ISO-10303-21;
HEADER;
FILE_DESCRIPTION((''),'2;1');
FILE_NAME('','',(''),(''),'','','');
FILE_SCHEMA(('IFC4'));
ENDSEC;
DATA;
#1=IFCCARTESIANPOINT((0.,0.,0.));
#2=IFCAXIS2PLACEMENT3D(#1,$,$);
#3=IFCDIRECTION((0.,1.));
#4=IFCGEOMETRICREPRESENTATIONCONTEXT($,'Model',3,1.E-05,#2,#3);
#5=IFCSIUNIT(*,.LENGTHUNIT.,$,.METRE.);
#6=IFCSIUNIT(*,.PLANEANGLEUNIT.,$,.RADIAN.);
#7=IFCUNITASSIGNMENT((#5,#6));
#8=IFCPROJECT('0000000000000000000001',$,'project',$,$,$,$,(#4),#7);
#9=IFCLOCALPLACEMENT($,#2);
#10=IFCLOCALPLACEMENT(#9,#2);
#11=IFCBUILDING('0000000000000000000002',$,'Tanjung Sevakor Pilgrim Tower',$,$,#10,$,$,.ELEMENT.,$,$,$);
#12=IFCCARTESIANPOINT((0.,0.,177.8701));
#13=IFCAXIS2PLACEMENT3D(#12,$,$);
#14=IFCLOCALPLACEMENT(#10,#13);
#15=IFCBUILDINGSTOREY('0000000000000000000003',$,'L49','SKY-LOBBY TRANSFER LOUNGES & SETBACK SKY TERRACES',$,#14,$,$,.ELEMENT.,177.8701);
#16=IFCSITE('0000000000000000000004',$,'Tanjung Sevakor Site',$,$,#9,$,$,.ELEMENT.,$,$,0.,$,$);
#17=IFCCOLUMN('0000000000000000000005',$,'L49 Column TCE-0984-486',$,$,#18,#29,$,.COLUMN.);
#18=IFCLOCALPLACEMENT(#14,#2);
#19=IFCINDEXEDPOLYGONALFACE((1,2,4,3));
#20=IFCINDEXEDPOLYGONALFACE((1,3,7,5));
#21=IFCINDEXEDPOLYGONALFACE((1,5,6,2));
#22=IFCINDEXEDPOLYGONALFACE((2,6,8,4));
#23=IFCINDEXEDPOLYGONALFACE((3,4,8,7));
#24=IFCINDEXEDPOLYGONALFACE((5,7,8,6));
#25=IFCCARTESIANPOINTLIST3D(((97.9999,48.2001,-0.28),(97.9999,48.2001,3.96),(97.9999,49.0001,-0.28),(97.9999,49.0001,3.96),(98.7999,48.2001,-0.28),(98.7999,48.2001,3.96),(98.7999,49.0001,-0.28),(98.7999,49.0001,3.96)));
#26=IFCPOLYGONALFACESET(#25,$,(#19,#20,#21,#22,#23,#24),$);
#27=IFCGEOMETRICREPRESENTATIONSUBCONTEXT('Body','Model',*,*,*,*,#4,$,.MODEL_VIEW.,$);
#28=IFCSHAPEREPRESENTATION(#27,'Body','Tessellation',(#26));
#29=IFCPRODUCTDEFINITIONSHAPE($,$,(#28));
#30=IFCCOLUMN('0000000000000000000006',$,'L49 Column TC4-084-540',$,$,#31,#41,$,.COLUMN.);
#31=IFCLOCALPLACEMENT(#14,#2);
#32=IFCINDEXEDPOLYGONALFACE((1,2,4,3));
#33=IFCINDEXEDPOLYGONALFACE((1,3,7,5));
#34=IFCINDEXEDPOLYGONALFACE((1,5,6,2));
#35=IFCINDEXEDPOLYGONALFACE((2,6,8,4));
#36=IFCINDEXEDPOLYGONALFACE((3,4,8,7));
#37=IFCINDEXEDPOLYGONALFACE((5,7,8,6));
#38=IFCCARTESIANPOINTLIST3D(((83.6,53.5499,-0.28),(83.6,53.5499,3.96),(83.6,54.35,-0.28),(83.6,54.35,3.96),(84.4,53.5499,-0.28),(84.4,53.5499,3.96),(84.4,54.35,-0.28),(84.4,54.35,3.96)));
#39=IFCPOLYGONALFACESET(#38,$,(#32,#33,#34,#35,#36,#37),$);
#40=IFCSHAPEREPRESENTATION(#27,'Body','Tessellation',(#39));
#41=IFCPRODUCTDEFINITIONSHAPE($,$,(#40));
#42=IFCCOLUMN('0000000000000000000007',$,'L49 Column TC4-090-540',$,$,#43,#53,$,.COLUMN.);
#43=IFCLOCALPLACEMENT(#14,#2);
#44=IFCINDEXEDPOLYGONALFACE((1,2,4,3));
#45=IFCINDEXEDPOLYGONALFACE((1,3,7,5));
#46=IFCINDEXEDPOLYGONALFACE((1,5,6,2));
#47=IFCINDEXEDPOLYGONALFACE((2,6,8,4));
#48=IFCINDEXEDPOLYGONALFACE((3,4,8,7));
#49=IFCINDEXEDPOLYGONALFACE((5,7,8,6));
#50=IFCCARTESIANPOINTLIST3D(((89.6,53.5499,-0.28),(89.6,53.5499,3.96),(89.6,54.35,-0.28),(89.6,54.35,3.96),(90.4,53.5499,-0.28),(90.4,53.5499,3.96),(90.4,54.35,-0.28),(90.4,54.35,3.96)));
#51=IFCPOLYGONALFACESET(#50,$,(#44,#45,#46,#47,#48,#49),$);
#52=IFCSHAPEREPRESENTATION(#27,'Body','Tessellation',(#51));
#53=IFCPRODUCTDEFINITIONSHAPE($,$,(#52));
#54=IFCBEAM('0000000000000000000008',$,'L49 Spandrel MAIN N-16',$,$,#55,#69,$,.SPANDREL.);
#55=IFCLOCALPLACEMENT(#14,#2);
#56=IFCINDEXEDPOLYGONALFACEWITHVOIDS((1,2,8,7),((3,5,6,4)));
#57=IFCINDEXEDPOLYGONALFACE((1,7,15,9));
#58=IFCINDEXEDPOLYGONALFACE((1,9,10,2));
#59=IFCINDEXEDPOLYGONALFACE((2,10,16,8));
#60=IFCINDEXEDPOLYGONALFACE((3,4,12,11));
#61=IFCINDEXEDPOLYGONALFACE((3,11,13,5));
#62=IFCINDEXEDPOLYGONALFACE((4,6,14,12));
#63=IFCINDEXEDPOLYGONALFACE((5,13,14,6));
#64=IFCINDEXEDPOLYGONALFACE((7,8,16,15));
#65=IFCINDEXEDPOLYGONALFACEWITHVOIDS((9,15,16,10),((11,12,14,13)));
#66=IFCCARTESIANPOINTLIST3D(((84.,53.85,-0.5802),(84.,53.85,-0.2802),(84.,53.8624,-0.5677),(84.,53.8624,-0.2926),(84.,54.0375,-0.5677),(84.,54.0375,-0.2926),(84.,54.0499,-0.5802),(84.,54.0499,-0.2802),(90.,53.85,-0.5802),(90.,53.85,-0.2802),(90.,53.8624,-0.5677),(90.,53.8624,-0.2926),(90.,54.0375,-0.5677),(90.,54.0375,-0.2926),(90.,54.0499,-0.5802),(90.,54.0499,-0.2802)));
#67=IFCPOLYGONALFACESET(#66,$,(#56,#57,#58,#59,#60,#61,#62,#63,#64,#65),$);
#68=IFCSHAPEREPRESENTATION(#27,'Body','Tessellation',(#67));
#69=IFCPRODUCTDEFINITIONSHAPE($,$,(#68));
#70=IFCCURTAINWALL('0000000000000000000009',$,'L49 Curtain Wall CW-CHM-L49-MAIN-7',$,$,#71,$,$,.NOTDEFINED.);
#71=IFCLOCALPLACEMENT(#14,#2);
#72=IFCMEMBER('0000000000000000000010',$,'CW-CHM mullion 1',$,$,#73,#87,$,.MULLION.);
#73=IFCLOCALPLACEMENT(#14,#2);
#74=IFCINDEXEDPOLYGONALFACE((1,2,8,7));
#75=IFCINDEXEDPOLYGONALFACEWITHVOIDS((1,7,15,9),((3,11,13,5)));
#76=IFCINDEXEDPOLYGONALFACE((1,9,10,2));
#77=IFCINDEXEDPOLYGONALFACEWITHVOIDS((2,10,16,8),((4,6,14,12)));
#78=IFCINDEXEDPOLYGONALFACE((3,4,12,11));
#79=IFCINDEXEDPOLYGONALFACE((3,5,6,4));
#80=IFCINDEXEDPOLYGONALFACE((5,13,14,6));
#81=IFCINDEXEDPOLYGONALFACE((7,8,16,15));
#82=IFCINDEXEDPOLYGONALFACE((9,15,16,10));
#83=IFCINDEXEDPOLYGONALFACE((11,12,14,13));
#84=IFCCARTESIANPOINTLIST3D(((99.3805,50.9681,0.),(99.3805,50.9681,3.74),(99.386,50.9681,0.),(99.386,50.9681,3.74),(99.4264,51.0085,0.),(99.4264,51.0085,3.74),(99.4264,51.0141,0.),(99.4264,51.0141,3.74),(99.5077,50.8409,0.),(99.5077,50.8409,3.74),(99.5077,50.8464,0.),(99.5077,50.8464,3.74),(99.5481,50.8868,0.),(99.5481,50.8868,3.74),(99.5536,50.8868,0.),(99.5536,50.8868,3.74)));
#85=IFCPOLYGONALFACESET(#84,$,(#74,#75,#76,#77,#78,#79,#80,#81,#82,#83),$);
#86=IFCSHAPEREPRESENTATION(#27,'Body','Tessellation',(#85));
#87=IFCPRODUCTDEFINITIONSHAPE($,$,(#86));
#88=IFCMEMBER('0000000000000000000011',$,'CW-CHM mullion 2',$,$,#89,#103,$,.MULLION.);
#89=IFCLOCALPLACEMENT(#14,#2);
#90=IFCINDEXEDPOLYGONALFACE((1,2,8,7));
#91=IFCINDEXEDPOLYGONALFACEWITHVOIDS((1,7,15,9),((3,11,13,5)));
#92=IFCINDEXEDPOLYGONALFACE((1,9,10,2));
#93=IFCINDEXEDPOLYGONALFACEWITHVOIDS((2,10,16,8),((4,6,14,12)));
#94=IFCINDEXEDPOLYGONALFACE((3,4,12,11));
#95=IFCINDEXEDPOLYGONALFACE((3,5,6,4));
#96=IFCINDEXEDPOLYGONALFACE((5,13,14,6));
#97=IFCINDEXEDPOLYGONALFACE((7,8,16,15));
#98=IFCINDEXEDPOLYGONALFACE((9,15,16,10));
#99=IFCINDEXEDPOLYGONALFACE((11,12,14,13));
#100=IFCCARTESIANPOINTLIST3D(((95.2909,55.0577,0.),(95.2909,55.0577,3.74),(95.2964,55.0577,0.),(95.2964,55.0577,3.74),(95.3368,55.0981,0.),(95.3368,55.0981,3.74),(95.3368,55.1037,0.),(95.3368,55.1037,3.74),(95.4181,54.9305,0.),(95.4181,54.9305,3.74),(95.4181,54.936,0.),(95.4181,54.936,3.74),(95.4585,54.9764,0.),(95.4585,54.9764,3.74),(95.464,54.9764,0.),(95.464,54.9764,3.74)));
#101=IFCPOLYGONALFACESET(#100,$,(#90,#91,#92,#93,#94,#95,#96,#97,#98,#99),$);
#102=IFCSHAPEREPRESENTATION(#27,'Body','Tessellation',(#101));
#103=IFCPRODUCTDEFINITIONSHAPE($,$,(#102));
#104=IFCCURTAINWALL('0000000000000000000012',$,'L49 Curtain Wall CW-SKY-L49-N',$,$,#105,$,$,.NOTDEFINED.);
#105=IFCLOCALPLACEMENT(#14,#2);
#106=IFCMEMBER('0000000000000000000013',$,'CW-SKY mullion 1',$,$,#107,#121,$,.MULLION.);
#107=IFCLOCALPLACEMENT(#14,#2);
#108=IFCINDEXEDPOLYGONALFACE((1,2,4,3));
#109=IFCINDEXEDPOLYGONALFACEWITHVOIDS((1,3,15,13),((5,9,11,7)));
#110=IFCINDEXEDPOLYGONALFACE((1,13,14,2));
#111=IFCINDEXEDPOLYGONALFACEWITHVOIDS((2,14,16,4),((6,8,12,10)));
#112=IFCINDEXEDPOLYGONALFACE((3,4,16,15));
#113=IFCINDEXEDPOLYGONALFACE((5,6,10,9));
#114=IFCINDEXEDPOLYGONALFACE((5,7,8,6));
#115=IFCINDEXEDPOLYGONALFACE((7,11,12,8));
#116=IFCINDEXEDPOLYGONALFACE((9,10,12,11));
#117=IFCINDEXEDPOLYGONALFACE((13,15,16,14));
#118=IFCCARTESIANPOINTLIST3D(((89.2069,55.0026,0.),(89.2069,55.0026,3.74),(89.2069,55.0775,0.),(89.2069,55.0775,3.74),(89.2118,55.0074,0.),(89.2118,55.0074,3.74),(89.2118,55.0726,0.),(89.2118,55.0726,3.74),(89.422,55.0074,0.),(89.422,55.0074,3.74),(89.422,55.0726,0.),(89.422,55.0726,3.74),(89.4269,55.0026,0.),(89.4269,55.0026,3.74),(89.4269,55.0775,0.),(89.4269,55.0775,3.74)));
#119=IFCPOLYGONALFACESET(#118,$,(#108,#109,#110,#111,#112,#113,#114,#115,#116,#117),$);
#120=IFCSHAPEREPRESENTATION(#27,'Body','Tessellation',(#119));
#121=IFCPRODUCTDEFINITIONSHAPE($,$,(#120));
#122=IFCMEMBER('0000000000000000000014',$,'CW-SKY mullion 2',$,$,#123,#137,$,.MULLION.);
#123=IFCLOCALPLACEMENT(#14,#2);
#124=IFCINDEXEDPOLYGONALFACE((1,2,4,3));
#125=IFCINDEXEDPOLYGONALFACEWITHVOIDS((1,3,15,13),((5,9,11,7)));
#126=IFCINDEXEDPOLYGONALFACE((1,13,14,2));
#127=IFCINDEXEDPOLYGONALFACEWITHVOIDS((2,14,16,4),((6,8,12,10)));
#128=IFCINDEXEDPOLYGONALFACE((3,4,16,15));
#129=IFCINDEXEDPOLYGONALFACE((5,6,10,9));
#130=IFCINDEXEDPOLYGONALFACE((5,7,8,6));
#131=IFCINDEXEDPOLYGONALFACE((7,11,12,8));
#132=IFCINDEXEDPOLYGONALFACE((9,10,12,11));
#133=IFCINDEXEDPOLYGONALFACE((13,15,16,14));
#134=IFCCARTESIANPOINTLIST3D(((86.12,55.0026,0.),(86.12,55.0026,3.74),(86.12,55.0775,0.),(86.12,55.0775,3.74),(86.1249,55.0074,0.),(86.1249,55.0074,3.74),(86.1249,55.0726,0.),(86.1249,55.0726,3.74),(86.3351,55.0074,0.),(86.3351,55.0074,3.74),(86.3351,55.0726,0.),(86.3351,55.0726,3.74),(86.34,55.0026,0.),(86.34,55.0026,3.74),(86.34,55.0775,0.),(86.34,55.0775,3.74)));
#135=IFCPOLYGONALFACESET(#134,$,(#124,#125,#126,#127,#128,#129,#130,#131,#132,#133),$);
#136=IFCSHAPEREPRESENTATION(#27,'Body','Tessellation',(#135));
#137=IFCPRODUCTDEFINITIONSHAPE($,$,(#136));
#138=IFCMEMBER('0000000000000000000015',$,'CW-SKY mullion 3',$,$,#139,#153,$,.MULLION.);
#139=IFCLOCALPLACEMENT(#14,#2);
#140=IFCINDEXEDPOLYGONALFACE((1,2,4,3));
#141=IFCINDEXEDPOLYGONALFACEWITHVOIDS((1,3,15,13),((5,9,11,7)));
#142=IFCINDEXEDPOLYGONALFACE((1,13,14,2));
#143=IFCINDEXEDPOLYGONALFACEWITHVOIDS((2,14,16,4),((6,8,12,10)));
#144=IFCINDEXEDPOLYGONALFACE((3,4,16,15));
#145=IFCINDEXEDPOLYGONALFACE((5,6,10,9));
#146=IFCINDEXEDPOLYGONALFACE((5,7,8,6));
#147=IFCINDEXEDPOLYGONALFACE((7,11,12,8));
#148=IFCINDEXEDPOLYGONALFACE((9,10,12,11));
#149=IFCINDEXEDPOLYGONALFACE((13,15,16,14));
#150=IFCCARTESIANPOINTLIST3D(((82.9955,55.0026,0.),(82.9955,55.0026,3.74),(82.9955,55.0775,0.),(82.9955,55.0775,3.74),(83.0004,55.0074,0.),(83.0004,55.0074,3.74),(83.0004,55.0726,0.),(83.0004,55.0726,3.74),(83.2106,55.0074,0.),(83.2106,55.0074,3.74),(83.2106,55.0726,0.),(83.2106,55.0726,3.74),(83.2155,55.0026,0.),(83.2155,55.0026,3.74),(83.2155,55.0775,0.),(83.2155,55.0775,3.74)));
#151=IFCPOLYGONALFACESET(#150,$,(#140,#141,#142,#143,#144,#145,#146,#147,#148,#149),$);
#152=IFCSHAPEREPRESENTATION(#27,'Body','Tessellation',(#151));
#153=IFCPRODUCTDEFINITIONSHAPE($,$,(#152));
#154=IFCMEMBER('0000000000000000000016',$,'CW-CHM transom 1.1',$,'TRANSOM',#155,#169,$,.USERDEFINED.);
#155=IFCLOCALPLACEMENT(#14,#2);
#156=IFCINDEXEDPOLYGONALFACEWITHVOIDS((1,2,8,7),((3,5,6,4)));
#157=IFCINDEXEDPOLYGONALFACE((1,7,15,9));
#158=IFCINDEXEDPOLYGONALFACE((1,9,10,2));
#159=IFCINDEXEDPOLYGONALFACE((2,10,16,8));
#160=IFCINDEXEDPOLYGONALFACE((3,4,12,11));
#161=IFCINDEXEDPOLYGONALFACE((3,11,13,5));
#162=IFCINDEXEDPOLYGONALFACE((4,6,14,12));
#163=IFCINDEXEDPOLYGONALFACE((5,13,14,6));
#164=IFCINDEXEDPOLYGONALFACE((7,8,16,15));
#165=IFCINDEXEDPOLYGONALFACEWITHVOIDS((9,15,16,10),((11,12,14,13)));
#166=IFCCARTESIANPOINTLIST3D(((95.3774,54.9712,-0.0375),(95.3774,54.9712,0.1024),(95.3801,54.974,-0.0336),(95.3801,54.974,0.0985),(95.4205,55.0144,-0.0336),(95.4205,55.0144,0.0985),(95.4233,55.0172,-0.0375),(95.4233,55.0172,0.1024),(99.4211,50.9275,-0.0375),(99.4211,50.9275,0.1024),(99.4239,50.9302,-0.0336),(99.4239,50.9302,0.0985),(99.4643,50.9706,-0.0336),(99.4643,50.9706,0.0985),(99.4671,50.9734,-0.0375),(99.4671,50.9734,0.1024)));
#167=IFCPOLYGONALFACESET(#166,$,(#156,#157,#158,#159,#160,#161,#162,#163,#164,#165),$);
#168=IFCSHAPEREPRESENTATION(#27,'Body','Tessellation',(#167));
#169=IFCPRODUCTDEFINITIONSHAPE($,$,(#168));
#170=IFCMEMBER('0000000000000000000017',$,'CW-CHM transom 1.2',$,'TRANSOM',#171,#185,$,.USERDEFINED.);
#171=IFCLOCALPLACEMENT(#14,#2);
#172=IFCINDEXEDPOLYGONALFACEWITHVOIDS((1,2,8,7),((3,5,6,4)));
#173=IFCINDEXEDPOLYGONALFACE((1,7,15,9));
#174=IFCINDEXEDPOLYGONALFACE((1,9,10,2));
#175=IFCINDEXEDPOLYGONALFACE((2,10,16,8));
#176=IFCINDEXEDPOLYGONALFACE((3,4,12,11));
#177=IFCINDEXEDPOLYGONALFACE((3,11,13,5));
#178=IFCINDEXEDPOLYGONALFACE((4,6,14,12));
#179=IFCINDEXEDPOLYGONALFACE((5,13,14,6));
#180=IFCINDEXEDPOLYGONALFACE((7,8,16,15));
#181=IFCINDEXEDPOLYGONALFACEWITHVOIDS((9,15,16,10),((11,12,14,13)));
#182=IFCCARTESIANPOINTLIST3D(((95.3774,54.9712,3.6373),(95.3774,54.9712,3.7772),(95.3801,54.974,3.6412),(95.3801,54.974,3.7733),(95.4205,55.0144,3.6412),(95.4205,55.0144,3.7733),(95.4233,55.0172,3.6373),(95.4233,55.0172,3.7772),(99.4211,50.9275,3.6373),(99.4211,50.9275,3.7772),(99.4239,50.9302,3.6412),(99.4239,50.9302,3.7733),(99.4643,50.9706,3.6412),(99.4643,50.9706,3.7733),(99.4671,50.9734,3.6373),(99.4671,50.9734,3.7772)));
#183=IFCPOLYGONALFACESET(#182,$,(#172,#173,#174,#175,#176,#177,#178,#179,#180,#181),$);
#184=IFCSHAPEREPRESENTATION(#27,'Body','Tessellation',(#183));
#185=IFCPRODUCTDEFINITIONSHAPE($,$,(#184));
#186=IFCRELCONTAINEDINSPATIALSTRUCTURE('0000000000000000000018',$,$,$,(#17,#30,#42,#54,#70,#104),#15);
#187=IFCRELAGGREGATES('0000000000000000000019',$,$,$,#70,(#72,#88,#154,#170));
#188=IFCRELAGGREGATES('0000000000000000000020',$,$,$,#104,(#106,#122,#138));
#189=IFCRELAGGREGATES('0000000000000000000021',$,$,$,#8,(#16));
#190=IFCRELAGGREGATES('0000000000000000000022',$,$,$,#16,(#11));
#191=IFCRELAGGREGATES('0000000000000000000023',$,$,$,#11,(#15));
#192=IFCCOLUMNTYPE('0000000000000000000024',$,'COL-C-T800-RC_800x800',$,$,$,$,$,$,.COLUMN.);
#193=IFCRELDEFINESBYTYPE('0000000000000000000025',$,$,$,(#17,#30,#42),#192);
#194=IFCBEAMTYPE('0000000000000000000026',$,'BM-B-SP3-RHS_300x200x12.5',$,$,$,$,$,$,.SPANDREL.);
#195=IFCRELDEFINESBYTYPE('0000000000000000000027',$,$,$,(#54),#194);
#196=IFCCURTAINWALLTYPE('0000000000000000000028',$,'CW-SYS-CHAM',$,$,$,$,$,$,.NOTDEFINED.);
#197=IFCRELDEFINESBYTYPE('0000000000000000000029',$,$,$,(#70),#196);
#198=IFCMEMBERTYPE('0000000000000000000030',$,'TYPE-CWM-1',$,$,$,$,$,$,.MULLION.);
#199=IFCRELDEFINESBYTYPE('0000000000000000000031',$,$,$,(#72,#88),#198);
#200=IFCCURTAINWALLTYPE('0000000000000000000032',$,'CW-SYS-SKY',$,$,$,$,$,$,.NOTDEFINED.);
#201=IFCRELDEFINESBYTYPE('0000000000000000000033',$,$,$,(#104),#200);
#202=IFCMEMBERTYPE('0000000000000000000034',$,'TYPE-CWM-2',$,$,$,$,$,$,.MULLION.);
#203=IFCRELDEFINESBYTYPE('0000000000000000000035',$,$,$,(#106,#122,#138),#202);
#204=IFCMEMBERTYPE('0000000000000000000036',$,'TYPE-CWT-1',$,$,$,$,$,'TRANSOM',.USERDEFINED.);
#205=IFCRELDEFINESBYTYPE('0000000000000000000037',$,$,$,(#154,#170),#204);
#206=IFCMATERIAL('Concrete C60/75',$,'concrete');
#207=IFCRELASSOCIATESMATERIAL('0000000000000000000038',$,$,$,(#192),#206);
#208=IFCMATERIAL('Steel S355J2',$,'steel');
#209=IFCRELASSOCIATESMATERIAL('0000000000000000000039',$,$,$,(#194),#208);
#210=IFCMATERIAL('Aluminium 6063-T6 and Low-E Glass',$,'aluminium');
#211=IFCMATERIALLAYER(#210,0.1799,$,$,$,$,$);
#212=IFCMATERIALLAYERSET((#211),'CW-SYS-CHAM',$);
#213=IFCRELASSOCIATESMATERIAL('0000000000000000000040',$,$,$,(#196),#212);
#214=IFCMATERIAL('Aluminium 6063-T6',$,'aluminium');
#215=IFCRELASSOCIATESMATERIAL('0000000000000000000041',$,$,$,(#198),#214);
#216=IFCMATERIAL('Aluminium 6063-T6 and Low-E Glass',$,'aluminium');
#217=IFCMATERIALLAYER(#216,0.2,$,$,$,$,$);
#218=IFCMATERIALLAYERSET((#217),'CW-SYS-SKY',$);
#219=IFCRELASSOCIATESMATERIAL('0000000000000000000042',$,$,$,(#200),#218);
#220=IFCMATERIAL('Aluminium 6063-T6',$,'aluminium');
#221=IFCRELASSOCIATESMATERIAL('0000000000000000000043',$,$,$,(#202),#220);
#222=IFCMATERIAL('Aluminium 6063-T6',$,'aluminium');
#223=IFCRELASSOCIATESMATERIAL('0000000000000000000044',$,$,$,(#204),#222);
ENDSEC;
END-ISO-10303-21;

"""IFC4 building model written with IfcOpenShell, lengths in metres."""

from ifc_helpers import new_model, si_unit, direction, frame, origin, origin_2d, place, context, subcontext, project, spatial, rectangle, hollow_rectangle, extrude, material, layer, layer_set, material_profile, profile_set, type_object, element, aggregate, save


model = new_model("IFC4")

# Units and contexts
model_context = context("Model", 3, precision=1e-05, world=origin(), true_north=direction((0.0, 1.0)))
body_context = subcontext(model_context, "Body", "Model", "MODEL_VIEW")
ifc_project = project(units=[si_unit("LENGTHUNIT", "METRE"), si_unit("PLANEANGLEUNIT", "RADIAN")], contexts=[model_context])

# Site, building, storey
site_placement = place(None, origin())
site = spatial("IfcSite", under=ifc_project, at=site_placement, Name="Tanjung Sevakor Site", CompositionType="ELEMENT", RefElevation=0.0)
building_placement = place(site_placement, origin())
building = spatial("IfcBuilding", under=site, at=building_placement, Name="Tanjung Sevakor Pilgrim Tower", CompositionType="ELEMENT")
storey_placement = place(building_placement, frame((0.0, 0.0, 177.8701)))
storey = spatial("IfcBuildingStorey", under=building, at=storey_placement, Name="L49", Description="SKY-LOBBY TRANSFER LOUNGES & SETBACK SKY TERRACES", CompositionType="ELEMENT", Elevation=177.8701)

# Columns
ifc_material_1 = material(Name="Concrete C60/75", Category="concrete")
ifc_material_profile_1 = material_profile(ifc_material_1, rectangle(XDim=0.8, YDim=0.8, at=origin_2d()))
ifc_profile_set_1 = profile_set([ifc_material_profile_1], Name="Concrete C60/75")
column_type = type_object("IfcColumnType", Name="COL-C-T800-RC_800x800", PredefinedType="COLUMN", material=ifc_profile_set_1)
for number, where, z_axis, x_axis, name in (
    (1, (98.3999, 48.6001, -0.28), (0.0, 0.0, 1.0), (1.0, 0.0, 0.0), "L49 Column TCE-0984-486"),
    (2, (84.0, 53.95, -0.28), (0.0, 0.0, 1.0), (1.0, 0.0, 0.0), "L49 Column TC4-084-540"),
    (3, (90.0, 53.95, -0.28), (0.0, 0.0, 1.0), (1.0, 0.0, 0.0), "L49 Column TC4-090-540"),
):
    element("IfcColumn", number, at=place(storey_placement, frame(where, z_axis=z_axis, x_axis=x_axis)), inside=storey, type_object=column_type, Name=name, PredefinedType="COLUMN", context=body_context, shape_type="SweptSolid", body=[
        extrude(rectangle(XDim=0.8, YDim=0.8, at=origin_2d()), origin(), (0.0, 0.0, 1.0), 4.24),
    ])

# Beam
ifc_material_2 = material(Name="Steel S355J2", Category="steel")
ifc_material_profile_2 = material_profile(ifc_material_2, hollow_rectangle(XDim=0.2, YDim=0.3, WallThickness=0.0125, at=origin_2d()))
ifc_profile_set_2 = profile_set([ifc_material_profile_2], Name="Steel S355J2")
beam_type = type_object("IfcBeamType", Name="BM-B-SP3-RHS_300x200x12.5", PredefinedType="SPANDREL", material=ifc_profile_set_2)
beam_placement = place(storey_placement, frame((84.0, 53.95, -0.4302), z_axis=(1.0, 0.0, 0.0), x_axis=(0.0, 1.0, 0.0)))
element("IfcBeam", 4, at=beam_placement, inside=storey, type_object=beam_type, Name="L49 Spandrel MAIN N-16", PredefinedType="SPANDREL", context=body_context, shape_type="SweptSolid", body=[
    extrude(hollow_rectangle(XDim=0.2, YDim=0.3, WallThickness=0.0125, at=origin_2d()), origin(), (0.0, 0.0, 1.0), 6.0),
])

# Curtain walls, members
ifc_material_3 = material(Name="Aluminium 6063-T6 and Low-E Glass", Category="aluminium")
ifc_layer_1 = layer(ifc_material_3, 0.1799)
ifc_layer_set_1 = layer_set([ifc_layer_1], Name="CW-SYS-CHAM")
curtain_wall_type_1 = type_object("IfcCurtainWallType", Name="CW-SYS-CHAM", PredefinedType="NOTDEFINED", material=ifc_layer_set_1)
curtain_wall_1_placement = place(storey_placement, origin())
curtain_wall_1 = element("IfcCurtainWall", 5, at=curtain_wall_1_placement, inside=storey, type_object=curtain_wall_type_1, Name="L49 Curtain Wall CW-CHM-L49-MAIN-7", PredefinedType="NOTDEFINED")
ifc_material_4 = material(Name="Aluminium 6063-T6", Category="aluminium")
ifc_material_profile_3 = material_profile(ifc_material_4, hollow_rectangle(XDim=0.0649, YDim=0.1799, WallThickness=0.0039, at=origin_2d()))
ifc_profile_set_3 = profile_set([ifc_material_profile_3], Name="Aluminium 6063-T6")
member_type_1 = type_object("IfcMemberType", Name="TYPE-CWM-1", PredefinedType="MULLION", material=ifc_profile_set_3)
member_1_placement = place(storey_placement, frame((99.467, 50.9275, 0.0), z_axis=(0.0, 0.0, 1.0), x_axis=(-0.707107, -0.707107, 0.0)))
member_1 = element("IfcMember", 6, at=member_1_placement, type_object=member_type_1, Name="CW-CHM mullion 1", PredefinedType="MULLION", context=body_context, shape_type="SweptSolid", body=[
    extrude(hollow_rectangle(XDim=0.0649, YDim=0.1799, WallThickness=0.0039, at=origin_2d()), origin(), (0.0, 0.0, 1.0), 3.74),
])
member_2_placement = place(storey_placement, frame((95.3774, 55.0171, 0.0), z_axis=(0.0, 0.0, 1.0), x_axis=(-0.707107, -0.707107, 0.0)))
member_2 = element("IfcMember", 7, at=member_2_placement, type_object=member_type_1, Name="CW-CHM mullion 2", PredefinedType="MULLION", context=body_context, shape_type="SweptSolid", body=[
    extrude(hollow_rectangle(XDim=0.0649, YDim=0.1799, WallThickness=0.0039, at=origin_2d()), origin(), (0.0, 0.0, 1.0), 3.74),
])
ifc_material_5 = material(Name="Aluminium 6063-T6 and Low-E Glass", Category="aluminium")
ifc_layer_2 = layer(ifc_material_5, 0.2)
ifc_layer_set_2 = layer_set([ifc_layer_2], Name="CW-SYS-SKY")
curtain_wall_type_2 = type_object("IfcCurtainWallType", Name="CW-SYS-SKY", PredefinedType="NOTDEFINED", material=ifc_layer_set_2)
curtain_wall_2_placement = place(storey_placement, origin())
curtain_wall_2 = element("IfcCurtainWall", 8, at=curtain_wall_2_placement, inside=storey, type_object=curtain_wall_type_2, Name="L49 Curtain Wall CW-SKY-L49-N", PredefinedType="NOTDEFINED")
ifc_material_6 = material(Name="Aluminium 6063-T6", Category="aluminium")
ifc_material_profile_4 = material_profile(ifc_material_6, hollow_rectangle(XDim=0.075, YDim=0.22, WallThickness=0.0049, at=origin_2d()))
ifc_profile_set_4 = profile_set([ifc_material_profile_4], Name="Aluminium 6063-T6")
member_type_2 = type_object("IfcMemberType", Name="TYPE-CWM-2", PredefinedType="MULLION", material=ifc_profile_set_4)
member_3_placement = place(storey_placement, frame((89.3169, 55.04, 0.0), z_axis=(0.0, 0.0, 1.0), x_axis=(0.0, -1.0, 0.0)))
member_3 = element("IfcMember", 9, at=member_3_placement, type_object=member_type_2, Name="CW-SKY mullion 1", PredefinedType="MULLION", context=body_context, shape_type="SweptSolid", body=[
    extrude(hollow_rectangle(XDim=0.075, YDim=0.22, WallThickness=0.0049, at=origin_2d()), origin(), (0.0, 0.0, 1.0), 3.74),
])
member_4_placement = place(storey_placement, frame((86.23, 55.04, 0.0), z_axis=(0.0, 0.0, 1.0), x_axis=(0.0, -1.0, 0.0)))
member_4 = element("IfcMember", 10, at=member_4_placement, type_object=member_type_2, Name="CW-SKY mullion 2", PredefinedType="MULLION", context=body_context, shape_type="SweptSolid", body=[
    extrude(hollow_rectangle(XDim=0.075, YDim=0.22, WallThickness=0.0049, at=origin_2d()), origin(), (0.0, 0.0, 1.0), 3.74),
])
member_5_placement = place(storey_placement, frame((83.1055, 55.04, 0.0), z_axis=(0.0, 0.0, 1.0), x_axis=(0.0, -1.0, 0.0)))
member_5 = element("IfcMember", 11, at=member_5_placement, type_object=member_type_2, Name="CW-SKY mullion 3", PredefinedType="MULLION", context=body_context, shape_type="SweptSolid", body=[
    extrude(hollow_rectangle(XDim=0.075, YDim=0.22, WallThickness=0.0049, at=origin_2d()), origin(), (0.0, 0.0, 1.0), 3.74),
])

# Members
ifc_material_7 = material(Name="Aluminium 6063-T6", Category="aluminium")
ifc_material_profile_5 = material_profile(ifc_material_7, hollow_rectangle(XDim=0.0649, YDim=0.1399, WallThickness=0.0039, at=origin_2d()))
ifc_profile_set_5 = profile_set([ifc_material_profile_5], Name="Aluminium 6063-T6")
member_type_3 = type_object("IfcMemberType", Name="TYPE-CWT-1", ElementType="TRANSOM", PredefinedType="USERDEFINED", material=ifc_profile_set_5)
member_6_placement = place(storey_placement, frame((99.4441, 50.9504, 0.0325), z_axis=(-0.707107, 0.707107, 0.0), x_axis=(-0.707107, -0.707107, 0.0)))
member_6 = element("IfcMember", 12, at=member_6_placement, type_object=member_type_3, Name="CW-CHM transom 1.1", ObjectType="TRANSOM", PredefinedType="USERDEFINED", context=body_context, shape_type="SweptSolid", body=[
    extrude(hollow_rectangle(XDim=0.0649, YDim=0.1399, WallThickness=0.0039, at=origin_2d()), origin(), (0.0, 0.0, 1.0), 5.7188),
])
member_7_placement = place(storey_placement, frame((99.4441, 50.9504, 3.7073), z_axis=(-0.707107, 0.707107, 0.0), x_axis=(-0.707107, -0.707107, 0.0)))
member_7 = element("IfcMember", 13, at=member_7_placement, type_object=member_type_3, Name="CW-CHM transom 1.2", ObjectType="TRANSOM", PredefinedType="USERDEFINED", context=body_context, shape_type="SweptSolid", body=[
    extrude(hollow_rectangle(XDim=0.0649, YDim=0.1399, WallThickness=0.0039, at=origin_2d()), origin(), (0.0, 0.0, 1.0), 5.7188),
])

aggregate(curtain_wall_1, [member_1, member_2, member_6, member_7])
aggregate(curtain_wall_2, [member_3, member_4, member_5])

save(model, "model.ifc")
